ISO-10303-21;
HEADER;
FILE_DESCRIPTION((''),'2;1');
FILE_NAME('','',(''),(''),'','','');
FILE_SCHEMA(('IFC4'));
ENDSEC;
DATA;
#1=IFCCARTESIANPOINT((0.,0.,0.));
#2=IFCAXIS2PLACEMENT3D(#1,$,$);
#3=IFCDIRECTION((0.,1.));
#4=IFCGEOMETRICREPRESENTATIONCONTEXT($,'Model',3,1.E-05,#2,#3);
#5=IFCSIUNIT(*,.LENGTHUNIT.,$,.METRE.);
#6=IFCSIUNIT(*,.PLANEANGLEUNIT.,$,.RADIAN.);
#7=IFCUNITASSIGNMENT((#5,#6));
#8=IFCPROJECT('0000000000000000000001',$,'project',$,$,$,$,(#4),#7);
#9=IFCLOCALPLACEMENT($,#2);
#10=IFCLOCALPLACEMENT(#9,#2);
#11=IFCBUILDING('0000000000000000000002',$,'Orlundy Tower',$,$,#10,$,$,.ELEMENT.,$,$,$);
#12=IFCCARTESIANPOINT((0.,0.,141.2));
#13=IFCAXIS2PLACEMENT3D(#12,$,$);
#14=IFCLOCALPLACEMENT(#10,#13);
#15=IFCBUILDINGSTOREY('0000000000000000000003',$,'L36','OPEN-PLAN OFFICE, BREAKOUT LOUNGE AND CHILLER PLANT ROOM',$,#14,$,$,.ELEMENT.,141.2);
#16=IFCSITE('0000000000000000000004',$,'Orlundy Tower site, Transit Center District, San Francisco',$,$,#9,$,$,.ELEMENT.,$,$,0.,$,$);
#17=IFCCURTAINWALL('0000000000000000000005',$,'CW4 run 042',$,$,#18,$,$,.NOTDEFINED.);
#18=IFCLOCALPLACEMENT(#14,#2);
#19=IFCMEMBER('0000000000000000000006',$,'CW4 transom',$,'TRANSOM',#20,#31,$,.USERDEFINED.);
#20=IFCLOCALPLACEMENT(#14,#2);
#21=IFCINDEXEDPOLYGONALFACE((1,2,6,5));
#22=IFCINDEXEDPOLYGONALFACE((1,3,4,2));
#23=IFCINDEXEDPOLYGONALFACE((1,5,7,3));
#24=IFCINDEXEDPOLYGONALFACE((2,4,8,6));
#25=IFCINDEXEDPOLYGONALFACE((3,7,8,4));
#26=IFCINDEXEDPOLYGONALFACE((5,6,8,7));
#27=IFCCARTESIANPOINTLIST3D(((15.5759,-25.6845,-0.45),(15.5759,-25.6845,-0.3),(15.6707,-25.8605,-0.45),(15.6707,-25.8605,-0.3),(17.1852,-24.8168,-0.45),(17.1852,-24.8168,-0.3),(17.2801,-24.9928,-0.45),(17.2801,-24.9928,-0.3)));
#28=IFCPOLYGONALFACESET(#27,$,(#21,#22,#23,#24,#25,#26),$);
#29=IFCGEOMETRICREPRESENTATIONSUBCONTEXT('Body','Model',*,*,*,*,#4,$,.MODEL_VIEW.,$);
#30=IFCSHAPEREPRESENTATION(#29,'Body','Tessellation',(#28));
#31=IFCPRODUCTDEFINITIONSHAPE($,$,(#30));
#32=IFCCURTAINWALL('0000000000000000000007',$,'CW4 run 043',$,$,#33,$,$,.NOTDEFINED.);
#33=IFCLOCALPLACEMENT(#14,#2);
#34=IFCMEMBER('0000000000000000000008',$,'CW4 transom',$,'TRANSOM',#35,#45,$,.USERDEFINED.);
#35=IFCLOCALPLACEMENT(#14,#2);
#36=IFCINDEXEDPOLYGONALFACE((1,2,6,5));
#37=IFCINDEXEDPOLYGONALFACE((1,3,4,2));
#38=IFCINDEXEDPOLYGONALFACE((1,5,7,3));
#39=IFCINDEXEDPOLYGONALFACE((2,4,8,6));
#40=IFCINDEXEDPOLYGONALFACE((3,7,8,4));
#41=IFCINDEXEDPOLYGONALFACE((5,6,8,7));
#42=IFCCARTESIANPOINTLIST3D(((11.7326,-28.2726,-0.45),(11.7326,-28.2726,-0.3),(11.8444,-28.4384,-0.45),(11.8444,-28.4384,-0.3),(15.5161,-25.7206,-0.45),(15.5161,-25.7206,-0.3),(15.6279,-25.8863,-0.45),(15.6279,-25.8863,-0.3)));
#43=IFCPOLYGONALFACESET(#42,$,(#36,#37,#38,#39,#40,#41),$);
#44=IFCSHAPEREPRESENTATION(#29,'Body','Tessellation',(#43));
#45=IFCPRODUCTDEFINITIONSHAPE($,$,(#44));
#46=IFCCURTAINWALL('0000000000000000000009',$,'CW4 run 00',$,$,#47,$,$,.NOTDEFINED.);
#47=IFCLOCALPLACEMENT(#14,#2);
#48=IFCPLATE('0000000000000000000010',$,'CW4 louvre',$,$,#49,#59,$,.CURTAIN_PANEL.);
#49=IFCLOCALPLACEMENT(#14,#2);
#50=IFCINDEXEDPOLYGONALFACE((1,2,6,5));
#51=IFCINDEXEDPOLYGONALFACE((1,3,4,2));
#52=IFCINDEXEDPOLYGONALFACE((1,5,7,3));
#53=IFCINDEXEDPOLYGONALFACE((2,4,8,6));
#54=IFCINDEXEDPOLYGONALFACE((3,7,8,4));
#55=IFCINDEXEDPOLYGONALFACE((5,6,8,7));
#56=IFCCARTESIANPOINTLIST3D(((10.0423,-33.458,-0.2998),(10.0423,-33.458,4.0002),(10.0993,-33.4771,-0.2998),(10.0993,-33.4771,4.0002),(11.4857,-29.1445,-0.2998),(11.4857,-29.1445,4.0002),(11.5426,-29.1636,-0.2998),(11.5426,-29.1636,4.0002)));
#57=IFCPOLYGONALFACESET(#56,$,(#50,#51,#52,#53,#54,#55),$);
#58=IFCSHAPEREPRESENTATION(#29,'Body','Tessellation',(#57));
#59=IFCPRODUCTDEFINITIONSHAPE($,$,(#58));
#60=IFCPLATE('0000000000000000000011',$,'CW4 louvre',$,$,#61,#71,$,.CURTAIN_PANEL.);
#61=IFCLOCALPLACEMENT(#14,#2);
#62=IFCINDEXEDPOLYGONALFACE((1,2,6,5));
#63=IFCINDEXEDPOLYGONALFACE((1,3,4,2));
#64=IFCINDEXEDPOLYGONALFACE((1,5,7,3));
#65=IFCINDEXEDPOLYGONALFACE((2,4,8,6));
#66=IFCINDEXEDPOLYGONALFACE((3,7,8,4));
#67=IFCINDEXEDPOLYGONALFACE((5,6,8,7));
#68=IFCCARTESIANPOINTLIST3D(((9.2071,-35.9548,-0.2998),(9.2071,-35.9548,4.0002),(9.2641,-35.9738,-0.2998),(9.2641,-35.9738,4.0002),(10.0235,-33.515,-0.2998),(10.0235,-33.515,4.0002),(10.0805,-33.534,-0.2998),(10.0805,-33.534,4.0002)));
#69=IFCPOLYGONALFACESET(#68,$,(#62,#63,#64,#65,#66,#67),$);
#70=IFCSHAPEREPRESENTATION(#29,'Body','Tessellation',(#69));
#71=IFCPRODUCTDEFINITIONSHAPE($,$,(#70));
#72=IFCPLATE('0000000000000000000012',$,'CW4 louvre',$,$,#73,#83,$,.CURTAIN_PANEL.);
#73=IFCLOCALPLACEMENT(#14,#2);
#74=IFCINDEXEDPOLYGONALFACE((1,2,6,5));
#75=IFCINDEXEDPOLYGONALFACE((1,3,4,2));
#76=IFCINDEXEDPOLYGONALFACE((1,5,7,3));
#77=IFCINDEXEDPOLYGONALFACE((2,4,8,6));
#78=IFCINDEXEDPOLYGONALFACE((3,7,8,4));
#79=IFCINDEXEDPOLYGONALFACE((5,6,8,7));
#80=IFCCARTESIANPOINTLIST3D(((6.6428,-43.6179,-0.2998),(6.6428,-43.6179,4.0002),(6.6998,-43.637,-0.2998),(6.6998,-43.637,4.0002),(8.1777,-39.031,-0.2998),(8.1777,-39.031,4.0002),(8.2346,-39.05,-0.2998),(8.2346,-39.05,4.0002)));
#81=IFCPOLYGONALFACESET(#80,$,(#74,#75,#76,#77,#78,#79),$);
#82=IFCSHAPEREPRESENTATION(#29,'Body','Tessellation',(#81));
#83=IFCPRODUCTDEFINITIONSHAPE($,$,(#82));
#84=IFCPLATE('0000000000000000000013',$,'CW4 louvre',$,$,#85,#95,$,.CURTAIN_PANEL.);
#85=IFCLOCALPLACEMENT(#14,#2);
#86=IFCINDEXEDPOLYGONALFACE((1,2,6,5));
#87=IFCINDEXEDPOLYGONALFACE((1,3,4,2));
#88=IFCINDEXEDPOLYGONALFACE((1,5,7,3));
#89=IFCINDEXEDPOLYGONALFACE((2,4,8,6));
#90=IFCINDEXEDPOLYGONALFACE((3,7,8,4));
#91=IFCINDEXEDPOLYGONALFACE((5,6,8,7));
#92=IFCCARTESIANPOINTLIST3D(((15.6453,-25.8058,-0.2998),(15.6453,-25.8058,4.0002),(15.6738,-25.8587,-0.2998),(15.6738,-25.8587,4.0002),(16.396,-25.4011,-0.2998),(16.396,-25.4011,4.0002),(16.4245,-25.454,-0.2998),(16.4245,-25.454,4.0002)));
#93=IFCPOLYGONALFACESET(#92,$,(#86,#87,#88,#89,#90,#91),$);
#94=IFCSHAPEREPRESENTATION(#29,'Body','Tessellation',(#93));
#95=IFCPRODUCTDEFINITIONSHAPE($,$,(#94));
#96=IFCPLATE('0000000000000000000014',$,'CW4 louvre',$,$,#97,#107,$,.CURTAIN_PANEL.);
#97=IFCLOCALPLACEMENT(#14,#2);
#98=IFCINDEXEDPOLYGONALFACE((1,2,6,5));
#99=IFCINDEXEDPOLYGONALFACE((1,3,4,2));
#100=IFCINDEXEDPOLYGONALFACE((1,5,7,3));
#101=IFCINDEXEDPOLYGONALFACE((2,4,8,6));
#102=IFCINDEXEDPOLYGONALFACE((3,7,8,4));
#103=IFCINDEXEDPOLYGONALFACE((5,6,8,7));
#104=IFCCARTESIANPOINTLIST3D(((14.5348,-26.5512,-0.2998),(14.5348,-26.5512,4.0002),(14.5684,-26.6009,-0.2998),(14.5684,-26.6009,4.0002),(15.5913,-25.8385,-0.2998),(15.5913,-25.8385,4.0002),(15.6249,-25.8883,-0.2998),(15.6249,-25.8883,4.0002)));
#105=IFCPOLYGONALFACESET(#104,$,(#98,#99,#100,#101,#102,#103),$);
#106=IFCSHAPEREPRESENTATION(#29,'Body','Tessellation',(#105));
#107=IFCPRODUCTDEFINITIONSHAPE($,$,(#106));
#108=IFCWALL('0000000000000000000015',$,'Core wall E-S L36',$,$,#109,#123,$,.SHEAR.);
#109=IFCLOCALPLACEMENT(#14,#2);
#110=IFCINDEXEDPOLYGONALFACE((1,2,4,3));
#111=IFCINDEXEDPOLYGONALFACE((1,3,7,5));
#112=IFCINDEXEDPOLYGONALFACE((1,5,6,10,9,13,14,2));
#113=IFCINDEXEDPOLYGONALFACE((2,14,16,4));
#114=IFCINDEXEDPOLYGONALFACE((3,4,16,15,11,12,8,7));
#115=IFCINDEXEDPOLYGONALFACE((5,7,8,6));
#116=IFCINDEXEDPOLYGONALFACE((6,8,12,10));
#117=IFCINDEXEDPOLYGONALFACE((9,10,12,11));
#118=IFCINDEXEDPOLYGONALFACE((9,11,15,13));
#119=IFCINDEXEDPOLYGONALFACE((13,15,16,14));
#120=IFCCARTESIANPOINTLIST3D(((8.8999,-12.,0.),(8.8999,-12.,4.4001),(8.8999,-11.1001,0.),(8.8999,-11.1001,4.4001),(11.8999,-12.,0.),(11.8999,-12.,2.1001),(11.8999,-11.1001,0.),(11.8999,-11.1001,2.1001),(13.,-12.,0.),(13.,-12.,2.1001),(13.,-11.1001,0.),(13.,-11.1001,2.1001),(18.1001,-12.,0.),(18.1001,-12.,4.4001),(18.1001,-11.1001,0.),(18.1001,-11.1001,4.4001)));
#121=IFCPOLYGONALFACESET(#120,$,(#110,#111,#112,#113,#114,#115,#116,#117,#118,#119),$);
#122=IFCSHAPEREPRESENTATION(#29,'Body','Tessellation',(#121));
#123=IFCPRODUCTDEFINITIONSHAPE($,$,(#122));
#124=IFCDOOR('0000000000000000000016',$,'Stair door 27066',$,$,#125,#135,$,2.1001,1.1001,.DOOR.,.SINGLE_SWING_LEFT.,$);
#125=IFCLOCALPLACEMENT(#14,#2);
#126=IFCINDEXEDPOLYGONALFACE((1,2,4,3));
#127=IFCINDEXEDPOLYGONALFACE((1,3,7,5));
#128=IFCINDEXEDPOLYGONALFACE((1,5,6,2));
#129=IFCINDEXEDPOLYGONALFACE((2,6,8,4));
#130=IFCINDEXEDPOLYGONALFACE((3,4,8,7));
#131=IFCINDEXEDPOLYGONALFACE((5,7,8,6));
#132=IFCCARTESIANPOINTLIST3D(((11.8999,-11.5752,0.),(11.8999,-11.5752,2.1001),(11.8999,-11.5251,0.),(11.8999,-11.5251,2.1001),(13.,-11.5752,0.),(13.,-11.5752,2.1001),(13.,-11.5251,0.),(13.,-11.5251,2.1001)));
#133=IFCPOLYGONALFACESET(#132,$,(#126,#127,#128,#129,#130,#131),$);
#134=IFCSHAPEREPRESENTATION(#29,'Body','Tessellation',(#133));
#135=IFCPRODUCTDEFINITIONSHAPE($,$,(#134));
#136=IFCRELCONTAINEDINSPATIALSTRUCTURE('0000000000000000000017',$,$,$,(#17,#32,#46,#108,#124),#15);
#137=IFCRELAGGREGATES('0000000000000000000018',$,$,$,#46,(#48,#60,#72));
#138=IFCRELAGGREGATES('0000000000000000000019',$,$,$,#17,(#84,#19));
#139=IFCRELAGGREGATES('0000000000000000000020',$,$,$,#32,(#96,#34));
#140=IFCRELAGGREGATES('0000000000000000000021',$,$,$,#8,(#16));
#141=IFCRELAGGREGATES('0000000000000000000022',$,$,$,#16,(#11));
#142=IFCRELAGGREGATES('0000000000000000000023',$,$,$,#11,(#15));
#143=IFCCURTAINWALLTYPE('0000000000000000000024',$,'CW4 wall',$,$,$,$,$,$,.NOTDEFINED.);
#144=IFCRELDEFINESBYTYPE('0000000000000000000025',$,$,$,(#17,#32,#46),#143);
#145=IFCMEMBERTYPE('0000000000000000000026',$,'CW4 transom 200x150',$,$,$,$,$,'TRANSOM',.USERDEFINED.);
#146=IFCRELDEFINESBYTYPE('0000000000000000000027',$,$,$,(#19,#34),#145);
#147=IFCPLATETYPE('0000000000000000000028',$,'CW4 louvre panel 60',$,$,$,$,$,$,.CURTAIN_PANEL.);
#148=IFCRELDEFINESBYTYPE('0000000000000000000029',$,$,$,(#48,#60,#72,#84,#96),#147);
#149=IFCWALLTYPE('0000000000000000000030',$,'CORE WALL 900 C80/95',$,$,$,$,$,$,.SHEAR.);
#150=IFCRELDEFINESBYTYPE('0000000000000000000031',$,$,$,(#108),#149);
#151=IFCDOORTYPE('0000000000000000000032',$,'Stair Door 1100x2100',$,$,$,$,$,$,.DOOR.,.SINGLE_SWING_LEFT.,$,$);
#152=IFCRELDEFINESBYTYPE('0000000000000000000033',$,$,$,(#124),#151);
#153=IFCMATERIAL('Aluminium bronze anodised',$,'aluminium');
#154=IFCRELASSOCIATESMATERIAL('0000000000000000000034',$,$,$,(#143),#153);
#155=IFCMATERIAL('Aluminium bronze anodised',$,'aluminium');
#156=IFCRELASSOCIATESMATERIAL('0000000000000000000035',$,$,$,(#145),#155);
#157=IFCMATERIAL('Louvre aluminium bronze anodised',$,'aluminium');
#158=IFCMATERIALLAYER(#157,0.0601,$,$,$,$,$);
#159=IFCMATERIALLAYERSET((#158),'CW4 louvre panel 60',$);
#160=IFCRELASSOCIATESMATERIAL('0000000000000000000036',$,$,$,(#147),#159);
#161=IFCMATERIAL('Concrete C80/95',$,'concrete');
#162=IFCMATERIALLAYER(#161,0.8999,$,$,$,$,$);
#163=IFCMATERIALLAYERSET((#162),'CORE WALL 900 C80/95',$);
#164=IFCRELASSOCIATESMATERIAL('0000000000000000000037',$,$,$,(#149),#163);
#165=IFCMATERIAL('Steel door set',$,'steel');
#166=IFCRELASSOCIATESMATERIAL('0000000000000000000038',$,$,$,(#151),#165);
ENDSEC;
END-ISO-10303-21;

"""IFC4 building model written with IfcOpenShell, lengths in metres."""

from ifc_helpers import new_model, si_unit, direction, frame, frame_2d, origin, origin_2d, place, context, subcontext, project, spatial, rectangle, extrude, material, layer, layer_set, material_profile, profile_set, type_object, element, fill, aggregate, save


model = new_model("IFC4")

# Units and contexts
model_context = context("Model", 3, precision=1e-05, world=origin(), true_north=direction((0.0, 1.0)))
body_context = subcontext(model_context, "Body", "Model", "MODEL_VIEW")
ifc_project = project(units=[si_unit("LENGTHUNIT", "METRE"), si_unit("PLANEANGLEUNIT", "RADIAN")], contexts=[model_context])

# Site, building, storey
site_placement = place(None, origin())
site = spatial("IfcSite", under=ifc_project, at=site_placement, Name="Orlundy Tower site, Transit Center District, San Francisco", CompositionType="ELEMENT", RefElevation=0.0)
building_placement = place(site_placement, origin())
building = spatial("IfcBuilding", under=site, at=building_placement, Name="Orlundy Tower", CompositionType="ELEMENT")
storey_placement = place(building_placement, frame((0.0, 0.0, 141.2)))
storey = spatial("IfcBuildingStorey", under=building, at=storey_placement, Name="L36", Description="OPEN-PLAN OFFICE, BREAKOUT LOUNGE AND CHILLER PLANT ROOM", CompositionType="ELEMENT", Elevation=141.2)

# Curtain walls, members
ifc_material_1 = material(Name="Aluminium bronze anodised", Category="aluminium")
curtain_wall_type = type_object("IfcCurtainWallType", Name="CW4 wall", PredefinedType="NOTDEFINED", material=ifc_material_1)
curtain_wall_1_placement = place(storey_placement, origin())
curtain_wall_1 = element("IfcCurtainWall", 1, at=curtain_wall_1_placement, inside=storey, type_object=curtain_wall_type, Name="CW4 run 042", PredefinedType="NOTDEFINED")
ifc_material_2 = material(Name="Aluminium bronze anodised", Category="aluminium")
ifc_material_profile = material_profile(ifc_material_2, rectangle(XDim=0.2, YDim=0.1499, at=origin_2d()), Name="CW4 transom 200x150")
ifc_profile_set = profile_set([ifc_material_profile], Name="Aluminium bronze anodised")
member_type = type_object("IfcMemberType", Name="CW4 transom 200x150", ElementType="TRANSOM", PredefinedType="USERDEFINED", material=ifc_profile_set)
member_1_placement = place(storey_placement, frame((17.2327, -24.9048, -0.375), z_axis=(-0.880222, -0.474562, 0.0), x_axis=(0.474562, -0.880222, 0.0)))
member_1 = element("IfcMember", 2, at=member_1_placement, type_object=member_type, Name="CW4 transom", ObjectType="TRANSOM", PredefinedType="USERDEFINED", context=body_context, shape_type="SweptSolid", body=[
    extrude(rectangle(XDim=0.2, YDim=0.1499, at=origin_2d()), origin(), (0.0, 0.0, 1.0), 1.8284),
])
curtain_wall_2_placement = place(storey_placement, origin())
curtain_wall_2 = element("IfcCurtainWall", 3, at=curtain_wall_2_placement, inside=storey, type_object=curtain_wall_type, Name="CW4 run 043", PredefinedType="NOTDEFINED")
member_2_placement = place(storey_placement, frame((15.572, -25.8035, -0.375), z_axis=(-0.829034, -0.559198, 0.0), x_axis=(0.559198, -0.829034, 0.0)))
member_2 = element("IfcMember", 4, at=member_2_placement, type_object=member_type, Name="CW4 transom", ObjectType="TRANSOM", PredefinedType="USERDEFINED", context=body_context, shape_type="SweptSolid", body=[
    extrude(rectangle(XDim=0.2, YDim=0.1499, at=origin_2d()), origin(), (0.0, 0.0, 1.0), 4.5637),
])

# Curtain wall, plates
curtain_wall_3_placement = place(storey_placement, origin())
curtain_wall_3 = element("IfcCurtainWall", 5, at=curtain_wall_3_placement, inside=storey, type_object=curtain_wall_type, Name="CW4 run 00", PredefinedType="NOTDEFINED")
ifc_material_3 = material(Name="Louvre aluminium bronze anodised", Category="aluminium")
ifc_layer_1 = layer(ifc_material_3, 0.0601)
ifc_layer_set_1 = layer_set([ifc_layer_1], Name="CW4 louvre panel 60")
plate_type = type_object("IfcPlateType", Name="CW4 louvre panel 60", PredefinedType="CURTAIN_PANEL", material=ifc_layer_set_1)
plate_1_placement = place(storey_placement, frame((10.7925, -31.3108, -0.2998), z_axis=(0.0, 0.0, 1.0), x_axis=(-0.317314, -0.948321, 0.0)))
plate_1 = element("IfcPlate", 6, at=plate_1_placement, type_object=plate_type, Name="CW4 louvre", PredefinedType="CURTAIN_PANEL", context=body_context, shape_type="SweptSolid", body=[
    extrude(rectangle(XDim=4.5486, YDim=0.0601, at=origin_2d()), origin(), (0.0, 0.0, 1.0), 4.3),
])
plate_2_placement = place(storey_placement, frame((9.6438, -34.7444, -0.2998), z_axis=(0.0, 0.0, 1.0), x_axis=(-0.317314, -0.948321, 0.0)))
plate_2 = element("IfcPlate", 7, at=plate_2_placement, type_object=plate_type, Name="CW4 louvre", PredefinedType="CURTAIN_PANEL", context=body_context, shape_type="SweptSolid", body=[
    extrude(rectangle(XDim=2.5728, YDim=0.0601, at=origin_2d()), origin(), (0.0, 0.0, 1.0), 4.3),
])
plate_3_placement = place(storey_placement, frame((7.4387, -41.334, -0.2998), z_axis=(0.0, 0.0, 1.0), x_axis=(-0.317314, -0.948321, 0.0)))
plate_3 = element("IfcPlate", 8, at=plate_3_placement, type_object=plate_type, Name="CW4 louvre", PredefinedType="CURTAIN_PANEL", context=body_context, shape_type="SweptSolid", body=[
    extrude(rectangle(XDim=4.8369, YDim=0.0601, at=origin_2d()), origin(), (0.0, 0.0, 1.0), 4.3),
])
aggregate(curtain_wall_3, [plate_1, plate_2, plate_3])

# Plates
plate_4_placement = place(storey_placement, frame((16.0349, -25.6299, -0.2998), z_axis=(0.0, 0.0, 1.0), x_axis=(-0.880215, -0.474576, 0.0)))
plate_4 = element("IfcPlate", 9, at=plate_4_placement, type_object=plate_type, Name="CW4 louvre", PredefinedType="CURTAIN_PANEL", context=body_context, shape_type="SweptSolid", body=[
    extrude(rectangle(XDim=0.8528, YDim=0.0601, at=origin_2d()), origin(), (0.0, 0.0, 1.0), 4.3),
])
aggregate(curtain_wall_1, [plate_4, member_1])
plate_5_placement = place(storey_placement, frame((15.0798, -26.2197, -0.2998), z_axis=(0.0, 0.0, 1.0), x_axis=(-0.829031, -0.559202, 0.0)))
plate_5 = element("IfcPlate", 10, at=plate_5_placement, type_object=plate_type, Name="CW4 louvre", PredefinedType="CURTAIN_PANEL", context=body_context, shape_type="SweptSolid", body=[
    extrude(rectangle(XDim=1.2744, YDim=0.0601, at=origin_2d()), origin(), (0.0, 0.0, 1.0), 4.3),
])
aggregate(curtain_wall_2, [plate_5, member_2])

# Wall, opening, door
ifc_material_4 = material(Name="Concrete C80/95", Category="concrete")
ifc_layer_2 = layer(ifc_material_4, 0.8999)
ifc_layer_set_2 = layer_set([ifc_layer_2], Name="CORE WALL 900 C80/95")
wall_type = type_object("IfcWallType", Name="CORE WALL 900 C80/95", PredefinedType="SHEAR", material=ifc_layer_set_2)
wall_1_placement = place(storey_placement, frame((8.8999, -11.55, 0.0), z_axis=(0.0, 0.0, 1.0), x_axis=(1.0, 0.0, 0.0)))
wall_1 = element("IfcWall", 11, at=wall_1_placement, inside=storey, type_object=wall_type, Name="Core wall E-S L36", PredefinedType="SHEAR", context=body_context, shape_type="SweptSolid", body=[
    extrude(rectangle(XDim=9.2002, YDim=0.8999, at=frame_2d((4.6001, 0.0))), origin(), (0.0, 0.0, 1.0), 4.4001),
])
opening_1_placement = place(wall_1_placement, frame((3.0, 0.0, 0.0)))
opening_1 = element("IfcOpeningElement", 12, at=opening_1_placement, cuts=wall_1, PredefinedType="OPENING", context=body_context, shape_type="SweptSolid", body=[
    extrude(rectangle(XDim=1.1001, YDim=2.1001, at=frame_2d((0.55, 1.05))), frame((0.0, 0.46, 0.0), z_axis=(0.0, -1.0, 0.0), x_axis=(1.0, 0.0, 0.0)), (0.0, 0.0, 1.0), 0.9199),
])
ifc_material_5 = material(Name="Steel door set", Category="steel")
door_type_1 = type_object("IfcDoorType", Name="Stair Door 1100x2100", OperationType="SINGLE_SWING_LEFT", PredefinedType="DOOR", material=ifc_material_5)
door_1_placement = place(opening_1_placement, origin())
door_1 = element("IfcDoor", 13, at=door_1_placement, inside=storey, type_object=door_type_1, Name="Stair door 27066", OperationType="SINGLE_SWING_LEFT", OverallHeight=2.1001, OverallWidth=1.1001, PredefinedType="DOOR", context=body_context, shape_type="SweptSolid", body=[
    extrude(rectangle(XDim=1.1001, YDim=2.1001, at=frame_2d((0.55, 1.05))), frame((0.0, 0.0249, 0.0), z_axis=(0.0, -1.0, 0.0), x_axis=(1.0, 0.0, 0.0)), (0.0, 0.0, 1.0), 0.05),
])
fill(opening_1, door_1)

save(model, "model.ifc")
